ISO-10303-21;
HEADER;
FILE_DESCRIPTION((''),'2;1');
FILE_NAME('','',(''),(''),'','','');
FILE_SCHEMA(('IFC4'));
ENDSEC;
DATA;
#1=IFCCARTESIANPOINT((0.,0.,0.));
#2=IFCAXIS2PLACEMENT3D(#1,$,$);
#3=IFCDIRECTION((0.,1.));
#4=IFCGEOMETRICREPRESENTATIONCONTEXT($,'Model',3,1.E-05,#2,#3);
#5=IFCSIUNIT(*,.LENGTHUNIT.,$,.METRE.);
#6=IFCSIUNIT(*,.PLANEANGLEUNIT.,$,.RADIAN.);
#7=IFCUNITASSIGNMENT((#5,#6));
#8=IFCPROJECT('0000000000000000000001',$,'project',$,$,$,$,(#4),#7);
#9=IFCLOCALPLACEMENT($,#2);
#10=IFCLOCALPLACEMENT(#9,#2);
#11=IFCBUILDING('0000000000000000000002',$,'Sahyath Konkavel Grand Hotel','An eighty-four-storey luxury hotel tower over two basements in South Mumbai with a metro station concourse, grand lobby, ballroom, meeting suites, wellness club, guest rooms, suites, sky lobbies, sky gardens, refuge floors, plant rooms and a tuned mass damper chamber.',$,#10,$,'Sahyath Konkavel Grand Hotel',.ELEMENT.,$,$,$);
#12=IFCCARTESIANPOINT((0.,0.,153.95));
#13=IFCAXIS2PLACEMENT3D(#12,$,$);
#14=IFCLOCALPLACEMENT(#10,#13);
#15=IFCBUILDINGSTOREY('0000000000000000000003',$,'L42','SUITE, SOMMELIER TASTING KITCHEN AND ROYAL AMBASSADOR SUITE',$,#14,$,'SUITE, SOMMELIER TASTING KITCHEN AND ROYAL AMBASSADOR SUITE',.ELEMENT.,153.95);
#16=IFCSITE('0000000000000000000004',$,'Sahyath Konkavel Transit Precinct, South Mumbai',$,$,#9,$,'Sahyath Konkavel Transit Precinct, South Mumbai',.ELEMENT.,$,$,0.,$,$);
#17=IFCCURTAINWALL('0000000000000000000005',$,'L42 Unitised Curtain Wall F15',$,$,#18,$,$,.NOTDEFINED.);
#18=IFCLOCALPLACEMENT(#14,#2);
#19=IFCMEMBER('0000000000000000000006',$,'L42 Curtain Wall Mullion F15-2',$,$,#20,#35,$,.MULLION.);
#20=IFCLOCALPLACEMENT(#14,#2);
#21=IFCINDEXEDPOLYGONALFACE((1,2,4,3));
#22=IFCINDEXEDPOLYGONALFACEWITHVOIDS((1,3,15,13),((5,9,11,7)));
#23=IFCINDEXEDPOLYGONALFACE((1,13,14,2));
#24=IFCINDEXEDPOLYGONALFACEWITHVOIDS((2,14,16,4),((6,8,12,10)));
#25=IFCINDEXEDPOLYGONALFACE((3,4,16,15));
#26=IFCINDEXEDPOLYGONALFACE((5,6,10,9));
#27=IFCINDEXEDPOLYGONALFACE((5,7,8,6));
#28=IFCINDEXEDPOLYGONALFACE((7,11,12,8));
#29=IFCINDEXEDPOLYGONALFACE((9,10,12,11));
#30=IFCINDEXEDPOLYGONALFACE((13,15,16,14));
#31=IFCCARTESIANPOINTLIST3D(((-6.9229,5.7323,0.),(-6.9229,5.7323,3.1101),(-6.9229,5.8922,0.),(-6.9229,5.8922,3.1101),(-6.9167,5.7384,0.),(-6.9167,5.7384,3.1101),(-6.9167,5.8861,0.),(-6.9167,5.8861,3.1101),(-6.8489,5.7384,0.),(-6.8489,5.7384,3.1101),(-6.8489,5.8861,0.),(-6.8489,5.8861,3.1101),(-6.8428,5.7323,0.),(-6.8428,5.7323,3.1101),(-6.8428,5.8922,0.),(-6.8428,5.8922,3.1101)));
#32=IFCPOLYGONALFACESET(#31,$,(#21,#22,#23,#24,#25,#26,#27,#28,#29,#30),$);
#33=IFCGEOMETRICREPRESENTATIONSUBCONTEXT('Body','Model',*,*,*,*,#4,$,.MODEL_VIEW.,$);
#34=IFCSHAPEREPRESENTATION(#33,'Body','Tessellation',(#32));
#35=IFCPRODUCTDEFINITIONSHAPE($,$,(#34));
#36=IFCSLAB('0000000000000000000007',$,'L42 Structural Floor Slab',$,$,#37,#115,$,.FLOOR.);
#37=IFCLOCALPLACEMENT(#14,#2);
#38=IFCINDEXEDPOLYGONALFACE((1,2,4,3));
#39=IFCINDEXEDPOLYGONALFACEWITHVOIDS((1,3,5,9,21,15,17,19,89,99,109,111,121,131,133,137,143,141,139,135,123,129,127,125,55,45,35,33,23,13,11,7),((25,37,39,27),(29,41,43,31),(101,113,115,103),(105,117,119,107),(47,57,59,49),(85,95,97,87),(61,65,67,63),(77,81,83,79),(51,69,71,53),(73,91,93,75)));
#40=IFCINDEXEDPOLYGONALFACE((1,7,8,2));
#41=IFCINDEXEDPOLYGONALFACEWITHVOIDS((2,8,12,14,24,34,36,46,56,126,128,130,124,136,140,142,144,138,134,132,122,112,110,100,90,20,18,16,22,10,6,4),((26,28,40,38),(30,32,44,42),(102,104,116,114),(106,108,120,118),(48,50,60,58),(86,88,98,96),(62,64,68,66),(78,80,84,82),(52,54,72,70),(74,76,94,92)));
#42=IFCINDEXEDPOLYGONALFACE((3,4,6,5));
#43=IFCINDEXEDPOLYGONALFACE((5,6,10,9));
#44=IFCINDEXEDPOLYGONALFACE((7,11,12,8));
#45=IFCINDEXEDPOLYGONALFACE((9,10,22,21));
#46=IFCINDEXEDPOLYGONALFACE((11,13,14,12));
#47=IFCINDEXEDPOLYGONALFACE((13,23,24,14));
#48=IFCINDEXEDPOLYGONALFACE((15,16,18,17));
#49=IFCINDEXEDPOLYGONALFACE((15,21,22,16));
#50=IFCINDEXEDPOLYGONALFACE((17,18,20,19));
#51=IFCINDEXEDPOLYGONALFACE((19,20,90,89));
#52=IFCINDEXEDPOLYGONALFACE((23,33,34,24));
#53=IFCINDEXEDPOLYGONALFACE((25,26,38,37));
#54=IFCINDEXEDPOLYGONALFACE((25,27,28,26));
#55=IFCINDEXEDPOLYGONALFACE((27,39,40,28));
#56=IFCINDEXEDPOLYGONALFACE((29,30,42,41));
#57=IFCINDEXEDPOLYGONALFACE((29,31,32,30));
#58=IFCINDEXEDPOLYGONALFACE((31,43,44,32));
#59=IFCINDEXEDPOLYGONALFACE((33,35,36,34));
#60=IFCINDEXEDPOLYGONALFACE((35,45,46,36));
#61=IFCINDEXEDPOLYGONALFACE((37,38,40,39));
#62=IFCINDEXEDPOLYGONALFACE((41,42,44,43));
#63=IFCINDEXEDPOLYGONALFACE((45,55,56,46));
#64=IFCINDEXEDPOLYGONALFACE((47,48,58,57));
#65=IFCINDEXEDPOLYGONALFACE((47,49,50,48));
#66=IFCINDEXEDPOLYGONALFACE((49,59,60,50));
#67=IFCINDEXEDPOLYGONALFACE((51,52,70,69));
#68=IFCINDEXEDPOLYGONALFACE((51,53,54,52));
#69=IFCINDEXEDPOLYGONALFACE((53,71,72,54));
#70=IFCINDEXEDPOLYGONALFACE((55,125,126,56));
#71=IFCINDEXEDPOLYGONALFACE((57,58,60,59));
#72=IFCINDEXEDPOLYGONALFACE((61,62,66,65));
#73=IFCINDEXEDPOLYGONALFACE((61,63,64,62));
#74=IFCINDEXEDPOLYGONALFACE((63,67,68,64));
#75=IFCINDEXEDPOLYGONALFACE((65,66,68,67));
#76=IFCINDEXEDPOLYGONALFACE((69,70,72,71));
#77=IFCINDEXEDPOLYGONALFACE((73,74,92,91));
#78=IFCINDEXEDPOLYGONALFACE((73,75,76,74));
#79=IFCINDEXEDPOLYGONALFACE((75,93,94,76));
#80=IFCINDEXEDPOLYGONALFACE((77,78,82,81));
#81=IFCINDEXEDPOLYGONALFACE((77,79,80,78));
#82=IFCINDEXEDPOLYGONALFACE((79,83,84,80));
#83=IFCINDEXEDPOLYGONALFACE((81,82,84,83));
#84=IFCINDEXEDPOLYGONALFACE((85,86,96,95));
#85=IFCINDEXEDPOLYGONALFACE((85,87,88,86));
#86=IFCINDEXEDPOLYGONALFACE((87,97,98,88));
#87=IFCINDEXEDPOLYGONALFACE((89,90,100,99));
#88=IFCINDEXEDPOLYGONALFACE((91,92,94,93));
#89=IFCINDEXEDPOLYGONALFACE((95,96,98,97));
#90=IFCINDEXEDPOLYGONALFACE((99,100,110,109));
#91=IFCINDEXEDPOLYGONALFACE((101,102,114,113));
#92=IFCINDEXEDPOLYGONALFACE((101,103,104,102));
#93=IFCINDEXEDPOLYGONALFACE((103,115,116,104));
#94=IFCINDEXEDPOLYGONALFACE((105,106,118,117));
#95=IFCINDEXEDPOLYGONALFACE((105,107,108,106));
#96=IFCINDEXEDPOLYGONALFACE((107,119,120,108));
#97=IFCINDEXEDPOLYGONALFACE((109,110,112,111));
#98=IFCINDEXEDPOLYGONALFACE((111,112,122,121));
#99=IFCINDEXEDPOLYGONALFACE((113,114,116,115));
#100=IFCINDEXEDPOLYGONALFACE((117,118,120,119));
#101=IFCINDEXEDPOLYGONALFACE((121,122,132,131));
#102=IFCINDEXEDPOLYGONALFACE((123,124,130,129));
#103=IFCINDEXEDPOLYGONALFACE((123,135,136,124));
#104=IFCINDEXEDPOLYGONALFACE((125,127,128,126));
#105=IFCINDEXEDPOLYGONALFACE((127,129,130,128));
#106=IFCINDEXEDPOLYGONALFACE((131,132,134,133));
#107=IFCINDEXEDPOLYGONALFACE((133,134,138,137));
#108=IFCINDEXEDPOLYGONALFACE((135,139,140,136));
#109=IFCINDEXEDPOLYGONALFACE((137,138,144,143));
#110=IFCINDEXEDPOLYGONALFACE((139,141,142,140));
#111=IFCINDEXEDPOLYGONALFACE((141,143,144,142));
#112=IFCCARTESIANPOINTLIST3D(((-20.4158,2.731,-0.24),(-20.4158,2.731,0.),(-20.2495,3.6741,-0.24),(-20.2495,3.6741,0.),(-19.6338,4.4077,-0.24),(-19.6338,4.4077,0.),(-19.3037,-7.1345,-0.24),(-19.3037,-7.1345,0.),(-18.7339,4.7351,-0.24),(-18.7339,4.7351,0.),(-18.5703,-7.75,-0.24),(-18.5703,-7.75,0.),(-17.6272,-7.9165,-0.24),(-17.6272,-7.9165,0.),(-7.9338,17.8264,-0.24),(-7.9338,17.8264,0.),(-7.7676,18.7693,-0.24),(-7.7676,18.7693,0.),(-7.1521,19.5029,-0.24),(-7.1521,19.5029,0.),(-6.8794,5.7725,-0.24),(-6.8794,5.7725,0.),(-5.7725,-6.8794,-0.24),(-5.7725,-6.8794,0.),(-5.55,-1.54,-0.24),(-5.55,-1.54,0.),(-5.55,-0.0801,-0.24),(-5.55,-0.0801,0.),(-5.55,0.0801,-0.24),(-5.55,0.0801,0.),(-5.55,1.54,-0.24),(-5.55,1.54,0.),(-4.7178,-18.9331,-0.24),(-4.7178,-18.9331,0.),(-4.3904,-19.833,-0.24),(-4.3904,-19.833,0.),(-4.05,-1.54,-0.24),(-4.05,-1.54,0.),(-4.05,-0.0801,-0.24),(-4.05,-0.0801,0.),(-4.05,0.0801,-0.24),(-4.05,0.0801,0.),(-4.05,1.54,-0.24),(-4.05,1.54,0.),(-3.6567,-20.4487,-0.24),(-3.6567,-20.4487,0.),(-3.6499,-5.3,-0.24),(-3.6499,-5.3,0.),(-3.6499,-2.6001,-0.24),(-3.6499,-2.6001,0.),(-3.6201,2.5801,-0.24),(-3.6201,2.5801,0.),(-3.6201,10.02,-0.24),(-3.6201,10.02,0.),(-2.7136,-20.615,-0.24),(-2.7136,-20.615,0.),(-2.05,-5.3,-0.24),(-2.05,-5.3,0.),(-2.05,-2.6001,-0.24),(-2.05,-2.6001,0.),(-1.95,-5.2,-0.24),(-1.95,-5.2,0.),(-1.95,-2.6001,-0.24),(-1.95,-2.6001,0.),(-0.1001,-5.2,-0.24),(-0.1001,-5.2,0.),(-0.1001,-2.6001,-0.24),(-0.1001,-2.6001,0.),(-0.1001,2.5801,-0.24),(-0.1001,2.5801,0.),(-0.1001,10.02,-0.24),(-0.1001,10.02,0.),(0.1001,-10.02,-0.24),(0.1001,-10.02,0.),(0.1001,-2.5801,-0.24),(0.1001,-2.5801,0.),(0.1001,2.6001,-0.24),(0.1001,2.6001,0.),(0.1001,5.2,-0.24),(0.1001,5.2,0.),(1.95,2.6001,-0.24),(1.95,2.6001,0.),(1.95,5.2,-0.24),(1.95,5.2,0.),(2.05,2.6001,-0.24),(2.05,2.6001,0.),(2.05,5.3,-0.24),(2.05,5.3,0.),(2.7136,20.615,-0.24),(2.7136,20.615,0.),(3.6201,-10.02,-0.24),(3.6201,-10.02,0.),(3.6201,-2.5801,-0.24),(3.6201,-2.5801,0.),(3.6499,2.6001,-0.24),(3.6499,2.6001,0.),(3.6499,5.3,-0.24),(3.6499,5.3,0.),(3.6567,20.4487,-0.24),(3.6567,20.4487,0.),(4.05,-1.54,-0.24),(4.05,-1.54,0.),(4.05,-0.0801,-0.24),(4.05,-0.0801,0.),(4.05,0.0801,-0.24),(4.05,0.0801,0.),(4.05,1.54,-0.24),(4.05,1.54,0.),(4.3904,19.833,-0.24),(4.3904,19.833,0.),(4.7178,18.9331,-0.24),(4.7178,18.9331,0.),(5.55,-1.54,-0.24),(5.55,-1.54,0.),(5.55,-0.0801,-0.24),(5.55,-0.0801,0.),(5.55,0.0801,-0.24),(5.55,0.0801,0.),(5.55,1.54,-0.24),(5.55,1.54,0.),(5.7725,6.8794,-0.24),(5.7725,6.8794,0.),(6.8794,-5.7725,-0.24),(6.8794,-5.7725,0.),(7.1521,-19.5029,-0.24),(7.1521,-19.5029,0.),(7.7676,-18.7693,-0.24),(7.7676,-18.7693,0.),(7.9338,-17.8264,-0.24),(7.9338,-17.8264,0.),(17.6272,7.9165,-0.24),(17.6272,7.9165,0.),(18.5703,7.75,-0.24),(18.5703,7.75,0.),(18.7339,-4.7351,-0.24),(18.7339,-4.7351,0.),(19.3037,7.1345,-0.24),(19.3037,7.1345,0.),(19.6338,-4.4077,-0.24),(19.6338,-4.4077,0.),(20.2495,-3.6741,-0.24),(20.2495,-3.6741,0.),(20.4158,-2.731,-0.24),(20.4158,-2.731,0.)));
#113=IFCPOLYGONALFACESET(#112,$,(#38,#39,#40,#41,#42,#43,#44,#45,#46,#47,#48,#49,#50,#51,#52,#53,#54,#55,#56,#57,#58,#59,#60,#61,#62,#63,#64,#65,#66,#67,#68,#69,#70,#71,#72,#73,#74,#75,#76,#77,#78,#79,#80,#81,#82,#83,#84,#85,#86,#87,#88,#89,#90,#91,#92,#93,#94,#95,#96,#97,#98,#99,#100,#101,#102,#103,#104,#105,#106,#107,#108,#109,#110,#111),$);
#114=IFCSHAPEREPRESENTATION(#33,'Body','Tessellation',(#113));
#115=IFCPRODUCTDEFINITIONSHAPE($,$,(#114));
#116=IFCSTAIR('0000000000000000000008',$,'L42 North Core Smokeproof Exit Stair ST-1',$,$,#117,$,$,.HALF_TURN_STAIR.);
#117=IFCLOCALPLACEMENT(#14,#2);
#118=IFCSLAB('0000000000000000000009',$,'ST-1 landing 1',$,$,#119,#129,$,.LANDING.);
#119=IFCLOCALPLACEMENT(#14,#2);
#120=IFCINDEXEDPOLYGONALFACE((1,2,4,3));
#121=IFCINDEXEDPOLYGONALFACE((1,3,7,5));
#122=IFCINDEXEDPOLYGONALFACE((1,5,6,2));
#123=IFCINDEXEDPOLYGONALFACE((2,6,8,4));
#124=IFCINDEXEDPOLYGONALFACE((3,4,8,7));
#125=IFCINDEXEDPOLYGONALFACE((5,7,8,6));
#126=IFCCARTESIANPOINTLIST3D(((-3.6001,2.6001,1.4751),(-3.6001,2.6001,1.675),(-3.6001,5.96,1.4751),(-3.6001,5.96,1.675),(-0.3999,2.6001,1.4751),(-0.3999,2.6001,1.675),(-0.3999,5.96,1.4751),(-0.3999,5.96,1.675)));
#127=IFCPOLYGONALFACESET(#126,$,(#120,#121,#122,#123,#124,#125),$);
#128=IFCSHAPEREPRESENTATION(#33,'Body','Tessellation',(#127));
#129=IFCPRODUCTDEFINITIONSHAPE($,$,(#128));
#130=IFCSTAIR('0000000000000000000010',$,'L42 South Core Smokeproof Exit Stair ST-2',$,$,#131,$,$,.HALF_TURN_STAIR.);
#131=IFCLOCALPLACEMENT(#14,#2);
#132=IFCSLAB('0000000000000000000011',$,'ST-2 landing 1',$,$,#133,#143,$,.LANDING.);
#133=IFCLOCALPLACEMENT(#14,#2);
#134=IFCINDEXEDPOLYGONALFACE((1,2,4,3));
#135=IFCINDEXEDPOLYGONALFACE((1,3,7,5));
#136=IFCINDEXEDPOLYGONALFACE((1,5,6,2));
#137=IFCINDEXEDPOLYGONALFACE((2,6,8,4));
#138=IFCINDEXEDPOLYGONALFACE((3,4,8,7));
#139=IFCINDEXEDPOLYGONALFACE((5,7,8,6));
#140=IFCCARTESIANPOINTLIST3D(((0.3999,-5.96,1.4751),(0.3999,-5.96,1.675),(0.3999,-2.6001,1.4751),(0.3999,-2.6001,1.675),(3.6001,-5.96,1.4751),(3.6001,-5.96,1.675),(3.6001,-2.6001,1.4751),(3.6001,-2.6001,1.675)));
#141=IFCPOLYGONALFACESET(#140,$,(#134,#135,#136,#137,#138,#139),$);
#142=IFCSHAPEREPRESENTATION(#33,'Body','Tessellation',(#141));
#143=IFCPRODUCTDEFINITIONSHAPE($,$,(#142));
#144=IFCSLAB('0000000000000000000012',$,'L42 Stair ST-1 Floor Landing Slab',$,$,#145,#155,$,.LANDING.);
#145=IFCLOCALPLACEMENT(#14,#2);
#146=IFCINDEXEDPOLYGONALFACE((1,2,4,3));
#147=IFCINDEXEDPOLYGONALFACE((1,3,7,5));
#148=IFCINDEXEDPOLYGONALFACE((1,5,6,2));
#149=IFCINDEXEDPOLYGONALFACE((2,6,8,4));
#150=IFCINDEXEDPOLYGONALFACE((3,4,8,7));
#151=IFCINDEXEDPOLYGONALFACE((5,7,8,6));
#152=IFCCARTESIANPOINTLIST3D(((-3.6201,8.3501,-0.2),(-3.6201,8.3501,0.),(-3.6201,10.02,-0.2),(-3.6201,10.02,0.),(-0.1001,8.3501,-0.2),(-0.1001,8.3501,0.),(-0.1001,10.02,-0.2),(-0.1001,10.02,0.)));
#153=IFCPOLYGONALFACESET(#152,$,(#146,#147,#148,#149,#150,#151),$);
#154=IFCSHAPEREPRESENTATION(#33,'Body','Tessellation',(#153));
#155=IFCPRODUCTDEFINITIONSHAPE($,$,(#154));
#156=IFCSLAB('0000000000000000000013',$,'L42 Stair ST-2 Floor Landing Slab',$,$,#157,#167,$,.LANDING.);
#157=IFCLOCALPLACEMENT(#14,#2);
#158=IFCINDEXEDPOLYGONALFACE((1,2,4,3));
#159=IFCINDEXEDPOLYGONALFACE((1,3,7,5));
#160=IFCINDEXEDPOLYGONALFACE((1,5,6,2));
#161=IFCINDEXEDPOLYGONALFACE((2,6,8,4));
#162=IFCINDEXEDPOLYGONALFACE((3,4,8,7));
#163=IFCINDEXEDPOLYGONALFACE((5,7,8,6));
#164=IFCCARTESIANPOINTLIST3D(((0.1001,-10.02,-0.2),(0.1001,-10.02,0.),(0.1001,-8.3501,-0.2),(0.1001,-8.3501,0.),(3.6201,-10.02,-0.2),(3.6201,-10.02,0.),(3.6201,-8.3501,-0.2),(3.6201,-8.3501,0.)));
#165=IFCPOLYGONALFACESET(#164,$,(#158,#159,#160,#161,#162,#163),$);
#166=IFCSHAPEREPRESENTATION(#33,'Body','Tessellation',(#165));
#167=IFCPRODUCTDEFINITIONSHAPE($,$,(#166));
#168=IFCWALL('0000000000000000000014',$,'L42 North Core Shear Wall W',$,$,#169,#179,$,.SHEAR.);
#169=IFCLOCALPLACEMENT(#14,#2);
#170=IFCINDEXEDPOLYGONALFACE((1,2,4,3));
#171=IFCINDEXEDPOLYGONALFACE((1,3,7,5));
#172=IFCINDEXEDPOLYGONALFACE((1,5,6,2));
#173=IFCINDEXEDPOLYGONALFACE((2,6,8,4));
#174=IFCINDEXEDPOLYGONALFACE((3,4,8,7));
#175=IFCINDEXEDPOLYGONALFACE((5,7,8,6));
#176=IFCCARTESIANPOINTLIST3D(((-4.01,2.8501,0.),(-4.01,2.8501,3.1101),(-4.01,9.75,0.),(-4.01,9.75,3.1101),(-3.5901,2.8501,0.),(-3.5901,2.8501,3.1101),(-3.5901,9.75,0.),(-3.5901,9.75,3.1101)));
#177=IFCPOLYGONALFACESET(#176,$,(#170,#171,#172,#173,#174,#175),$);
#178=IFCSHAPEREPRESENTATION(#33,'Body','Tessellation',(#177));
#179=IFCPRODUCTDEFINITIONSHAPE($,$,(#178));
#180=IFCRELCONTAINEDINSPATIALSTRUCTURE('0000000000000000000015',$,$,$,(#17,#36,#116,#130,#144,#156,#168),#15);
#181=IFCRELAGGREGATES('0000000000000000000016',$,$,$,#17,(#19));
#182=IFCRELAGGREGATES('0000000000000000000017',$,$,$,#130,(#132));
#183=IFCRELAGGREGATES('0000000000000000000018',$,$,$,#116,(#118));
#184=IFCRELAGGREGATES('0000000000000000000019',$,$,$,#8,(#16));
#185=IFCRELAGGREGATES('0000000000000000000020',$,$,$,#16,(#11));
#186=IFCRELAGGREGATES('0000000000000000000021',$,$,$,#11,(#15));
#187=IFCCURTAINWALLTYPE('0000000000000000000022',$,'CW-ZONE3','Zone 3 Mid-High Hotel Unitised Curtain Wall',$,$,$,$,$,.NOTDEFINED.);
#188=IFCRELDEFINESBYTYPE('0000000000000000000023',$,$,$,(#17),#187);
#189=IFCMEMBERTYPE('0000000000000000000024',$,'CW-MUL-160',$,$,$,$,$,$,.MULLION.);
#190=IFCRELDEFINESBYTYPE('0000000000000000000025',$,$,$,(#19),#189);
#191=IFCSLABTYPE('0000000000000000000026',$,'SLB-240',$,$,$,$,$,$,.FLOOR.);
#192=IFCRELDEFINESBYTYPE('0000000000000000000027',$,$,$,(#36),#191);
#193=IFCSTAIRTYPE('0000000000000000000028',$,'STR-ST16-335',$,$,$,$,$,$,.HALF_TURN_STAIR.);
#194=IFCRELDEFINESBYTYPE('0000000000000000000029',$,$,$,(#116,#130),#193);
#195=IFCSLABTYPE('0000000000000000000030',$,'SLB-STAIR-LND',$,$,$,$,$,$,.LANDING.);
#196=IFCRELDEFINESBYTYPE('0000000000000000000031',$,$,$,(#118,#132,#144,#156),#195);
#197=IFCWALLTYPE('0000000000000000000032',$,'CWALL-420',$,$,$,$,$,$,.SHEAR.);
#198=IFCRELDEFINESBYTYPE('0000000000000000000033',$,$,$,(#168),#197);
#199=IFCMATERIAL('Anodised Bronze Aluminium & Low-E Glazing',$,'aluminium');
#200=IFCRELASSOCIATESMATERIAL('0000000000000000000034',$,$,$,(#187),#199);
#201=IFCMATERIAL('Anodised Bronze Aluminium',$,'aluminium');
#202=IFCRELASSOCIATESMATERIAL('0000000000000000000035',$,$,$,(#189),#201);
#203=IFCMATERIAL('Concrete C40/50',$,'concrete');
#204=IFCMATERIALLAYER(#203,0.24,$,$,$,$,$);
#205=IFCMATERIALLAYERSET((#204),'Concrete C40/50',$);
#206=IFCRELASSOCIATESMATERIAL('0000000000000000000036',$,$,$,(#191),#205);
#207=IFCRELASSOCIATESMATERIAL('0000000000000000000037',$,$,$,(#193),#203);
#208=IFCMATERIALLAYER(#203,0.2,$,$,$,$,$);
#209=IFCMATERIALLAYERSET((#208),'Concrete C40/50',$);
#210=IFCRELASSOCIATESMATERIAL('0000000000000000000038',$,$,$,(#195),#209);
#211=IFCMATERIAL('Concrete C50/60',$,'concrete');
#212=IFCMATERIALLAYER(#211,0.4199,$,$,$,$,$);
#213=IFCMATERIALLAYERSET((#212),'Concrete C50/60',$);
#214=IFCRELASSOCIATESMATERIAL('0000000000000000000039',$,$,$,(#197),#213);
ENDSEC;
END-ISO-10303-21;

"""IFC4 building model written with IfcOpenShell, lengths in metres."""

from ifc_helpers import new_model, si_unit, direction, frame, frame_2d, origin, origin_2d, place, context, subcontext, project, spatial, polyline, rectangle, hollow_rectangle, outline, extrude, source, transform, mapped, material, layer, layer_set, material_profile, profile_set, type_object, element, aggregate, save


model = new_model("IFC4")

# Units and contexts
model_context = context("Model", 3, precision=1e-05, world=origin(), true_north=direction((0.0, 1.0)))
body_context = subcontext(model_context, "Body", "Model", "MODEL_VIEW")
ifc_project = project(units=[si_unit("LENGTHUNIT", "METRE"), si_unit("PLANEANGLEUNIT", "RADIAN")], contexts=[model_context])

# Site, building, storey
site_placement = place(None, origin())
site = spatial("IfcSite", under=ifc_project, at=site_placement, Name="Sahyath Konkavel Transit Precinct, South Mumbai", LongName="Sahyath Konkavel Transit Precinct, South Mumbai", CompositionType="ELEMENT", RefElevation=0.0)
building_placement = place(site_placement, origin())
building = spatial("IfcBuilding", under=site, at=building_placement, Name="Sahyath Konkavel Grand Hotel", Description="An eighty-four-storey luxury hotel tower over two basements in South Mumbai with a metro station concourse, grand lobby, ballroom, meeting suites, wellness club, guest rooms, suites, sky lobbies, sky gardens, refuge floors, plant rooms and a tuned mass damper chamber.", LongName="Sahyath Konkavel Grand Hotel", CompositionType="ELEMENT")
storey_placement = place(building_placement, frame((0.0, 0.0, 153.95)))
storey = spatial("IfcBuildingStorey", under=building, at=storey_placement, Name="L42", Description="SUITE, SOMMELIER TASTING KITCHEN AND ROYAL AMBASSADOR SUITE", LongName="SUITE, SOMMELIER TASTING KITCHEN AND ROYAL AMBASSADOR SUITE", CompositionType="ELEMENT", Elevation=153.95)

# Shared definitions
ifc_material_1 = material(Name="Concrete C50/60", Category="concrete")

# Curtain wall, member
ifc_material_2 = material(Name="Anodised Bronze Aluminium & Low-E Glazing", Category="aluminium")
curtain_wall_type = type_object("IfcCurtainWallType", Name="CW-ZONE3", Description="Zone 3 Mid-High Hotel Unitised Curtain Wall", PredefinedType="NOTDEFINED", material=ifc_material_2)
curtain_wall_placement = place(storey_placement, origin())
curtain_wall = element("IfcCurtainWall", 1, at=curtain_wall_placement, inside=storey, type_object=curtain_wall_type, Name="L42 Unitised Curtain Wall F15", PredefinedType="NOTDEFINED")
ifc_material_3 = material(Name="Anodised Bronze Aluminium", Category="aluminium")
ifc_material_profile_1 = material_profile(ifc_material_3, hollow_rectangle(XDim=0.0801, YDim=0.1599, WallThickness=0.0061, at=origin_2d()), Name="RHS 160x80x6")
ifc_profile_set_1 = profile_set([ifc_material_profile_1], Name="Anodised Bronze Aluminium")
member_type = type_object("IfcMemberType", Name="CW-MUL-160", PredefinedType="MULLION", material=ifc_profile_set_1)
shared_shape_1 = source(origin(), body_context, "Body", "SweptSolid", [
    extrude(hollow_rectangle(XDim=0.0801, YDim=0.1599, WallThickness=0.0061, at=origin_2d()), origin(), (0.0, 0.0, 1.0), 3.1101),
])
member_placement = place(storey_placement, frame((-6.8828, 5.8123, 0.0), z_axis=(0.0, 0.0, 1.0), x_axis=(1.0, 0.0, 0.0)))
member = element("IfcMember", 2, at=member_placement, type_object=member_type, Name="L42 Curtain Wall Mullion F15-2", PredefinedType="MULLION", context=body_context, shape_type="MappedRepresentation", body=[
    mapped(shared_shape_1, transform((0.0, 0.0, 0.0), scale=1.0)),
])
aggregate(curtain_wall, [member])

# Slab
ifc_material_4 = material(Name="Concrete C40/50", Category="concrete")
ifc_layer_1 = layer(ifc_material_4, 0.24)
ifc_layer_set_1 = layer_set([ifc_layer_1], Name="Concrete C40/50")
slab_type_1 = type_object("IfcSlabType", Name="SLB-240", PredefinedType="FLOOR", material=ifc_layer_set_1)
slab_1_placement = place(storey_placement, frame((0.0, 0.0, -0.24)))
element("IfcSlab", 3, at=slab_1_placement, inside=storey, type_object=slab_type_1, Name="L42 Structural Floor Slab", PredefinedType="FLOOR", context=body_context, shape_type="SweptSolid", body=[
    extrude(outline(polyline([(6.8794, -5.7725), (18.7339, -4.7351), (19.6338, -4.4077), (20.2495, -3.6741), (20.4158, -2.731), (19.3037, 7.1345), (18.5703, 7.75), (17.6272, 7.9165), (5.7725, 6.8794), (4.7178, 18.9331), (4.3904, 19.833), (3.6567, 20.4487), (2.7136, 20.615), (-7.1521, 19.5029), (-7.7676, 18.7693), (-7.9338, 17.8264), (-6.8794, 5.7725), (-18.7339, 4.7351), (-19.6338, 4.4077), (-20.2495, 3.6741), (-20.4158, 2.731), (-19.3037, -7.1345), (-18.5703, -7.75), (-17.6272, -7.9165), (-5.7725, -6.8794), (-4.7178, -18.9331), (-4.3904, -19.833), (-3.6567, -20.4487), (-2.7136, -20.615), (7.1521, -19.5029), (7.7676, -18.7693), (7.9338, -17.8264), (6.8794, -5.7725)]), holes=[polyline([(-3.6201, 2.5801), (-0.1001, 2.5801), (-0.1001, 10.02), (-3.6201, 10.02), (-3.6201, 2.5801)]), polyline([(0.1001, -10.02), (3.6201, -10.02), (3.6201, -2.5801), (0.1001, -2.5801), (0.1001, -10.02)]), polyline([(0.1001, 2.6001), (1.95, 2.6001), (1.95, 5.2), (0.1001, 5.2), (0.1001, 2.6001)]), polyline([(-1.95, -5.2), (-0.1001, -5.2), (-0.1001, -2.6001), (-1.95, -2.6001), (-1.95, -5.2)]), polyline([(2.05, 2.6001), (3.6499, 2.6001), (3.6499, 5.3), (2.05, 5.3), (2.05, 2.6001)]), polyline([(-3.6499, -5.3), (-2.05, -5.3), (-2.05, -2.6001), (-3.6499, -2.6001), (-3.6499, -5.3)]), polyline([(4.05, 0.0801), (5.55, 0.0801), (5.55, 1.54), (4.05, 1.54), (4.05, 0.0801)]), polyline([(4.05, -1.54), (5.55, -1.54), (5.55, -0.0801), (4.05, -0.0801), (4.05, -1.54)]), polyline([(-5.55, 0.0801), (-4.05, 0.0801), (-4.05, 1.54), (-5.55, 1.54), (-5.55, 0.0801)]), polyline([(-5.55, -1.54), (-4.05, -1.54), (-4.05, -0.0801), (-5.55, -0.0801), (-5.55, -1.54)])]), origin(), (0.0, 0.0, 1.0), 0.24),
])

# Stairs, slabs
stair_type = type_object("IfcStairType", Name="STR-ST16-335", PredefinedType="HALF_TURN_STAIR", material=ifc_material_4)
stair_1_placement = place(storey_placement, origin())
stair_1 = element("IfcStair", 4, at=stair_1_placement, inside=storey, type_object=stair_type, Name="L42 North Core Smokeproof Exit Stair ST-1", PredefinedType="HALF_TURN_STAIR")
ifc_layer_2 = layer(ifc_material_4, 0.2)
ifc_layer_set_2 = layer_set([ifc_layer_2], Name="Concrete C40/50")
slab_type_2 = type_object("IfcSlabType", Name="SLB-STAIR-LND", PredefinedType="LANDING", material=ifc_layer_set_2)
slab_2_placement = place(storey_placement, frame((0.0, 0.0, 1.4751)))
slab_2 = element("IfcSlab", 5, at=slab_2_placement, type_object=slab_type_2, Name="ST-1 landing 1", PredefinedType="LANDING", context=body_context, shape_type="SweptSolid", body=[
    extrude(outline(polyline([(-3.6001, 5.96), (-3.6001, 2.6001), (-0.3999, 2.6001), (-0.3999, 5.96), (-3.6001, 5.96)])), origin(), (0.0, 0.0, 1.0), 0.2),
])
stair_2_placement = place(storey_placement, origin())
stair_2 = element("IfcStair", 6, at=stair_2_placement, inside=storey, type_object=stair_type, Name="L42 South Core Smokeproof Exit Stair ST-2", PredefinedType="HALF_TURN_STAIR")
slab_3_placement = place(storey_placement, frame((0.0, 0.0, 1.4751)))
slab_3 = element("IfcSlab", 7, at=slab_3_placement, type_object=slab_type_2, Name="ST-2 landing 1", PredefinedType="LANDING", context=body_context, shape_type="SweptSolid", body=[
    extrude(outline(polyline([(3.6001, -5.96), (3.6001, -2.6001), (0.3999, -2.6001), (0.3999, -5.96), (3.6001, -5.96)])), origin(), (0.0, 0.0, 1.0), 0.2),
])
aggregate(stair_2, [slab_3])

# Slabs
slab_4_placement = place(storey_placement, frame((0.0, 0.0, -0.2)))
element("IfcSlab", 8, at=slab_4_placement, inside=storey, type_object=slab_type_2, Name="L42 Stair ST-1 Floor Landing Slab", PredefinedType="LANDING", context=body_context, shape_type="SweptSolid", body=[
    extrude(outline(polyline([(-3.6201, 8.3501), (-0.1001, 8.3501), (-0.1001, 10.02), (-3.6201, 10.02), (-3.6201, 8.3501)])), origin(), (0.0, 0.0, 1.0), 0.2),
])
slab_5_placement = place(storey_placement, frame((0.0, 0.0, -0.2)))
element("IfcSlab", 9, at=slab_5_placement, inside=storey, type_object=slab_type_2, Name="L42 Stair ST-2 Floor Landing Slab", PredefinedType="LANDING", context=body_context, shape_type="SweptSolid", body=[
    extrude(outline(polyline([(0.1001, -10.02), (3.6201, -10.02), (3.6201, -8.3501), (0.1001, -8.3501), (0.1001, -10.02)])), origin(), (0.0, 0.0, 1.0), 0.2),
])

# Wall
ifc_layer_3 = layer(ifc_material_1, 0.4199)
ifc_layer_set_3 = layer_set([ifc_layer_3], Name="Concrete C50/60")
wall_type_1 = type_object("IfcWallType", Name="CWALL-420", PredefinedType="SHEAR", material=ifc_layer_set_3)
wall_1_placement = place(storey_placement, frame((-3.8, 2.8501, 0.0), z_axis=(0.0, 0.0, 1.0), x_axis=(0.0, 1.0, 0.0)))
element("IfcWall", 10, at=wall_1_placement, inside=storey, type_object=wall_type_1, Name="L42 North Core Shear Wall W", PredefinedType="SHEAR", context=body_context, shape_type="SweptSolid", body=[
    extrude(rectangle(XDim=6.8999, YDim=0.4199, at=frame_2d((3.45, 0.0))), origin(), (0.0, 0.0, 1.0), 3.1101),
])

aggregate(stair_1, [slab_2])

save(model, "model.ifc")
